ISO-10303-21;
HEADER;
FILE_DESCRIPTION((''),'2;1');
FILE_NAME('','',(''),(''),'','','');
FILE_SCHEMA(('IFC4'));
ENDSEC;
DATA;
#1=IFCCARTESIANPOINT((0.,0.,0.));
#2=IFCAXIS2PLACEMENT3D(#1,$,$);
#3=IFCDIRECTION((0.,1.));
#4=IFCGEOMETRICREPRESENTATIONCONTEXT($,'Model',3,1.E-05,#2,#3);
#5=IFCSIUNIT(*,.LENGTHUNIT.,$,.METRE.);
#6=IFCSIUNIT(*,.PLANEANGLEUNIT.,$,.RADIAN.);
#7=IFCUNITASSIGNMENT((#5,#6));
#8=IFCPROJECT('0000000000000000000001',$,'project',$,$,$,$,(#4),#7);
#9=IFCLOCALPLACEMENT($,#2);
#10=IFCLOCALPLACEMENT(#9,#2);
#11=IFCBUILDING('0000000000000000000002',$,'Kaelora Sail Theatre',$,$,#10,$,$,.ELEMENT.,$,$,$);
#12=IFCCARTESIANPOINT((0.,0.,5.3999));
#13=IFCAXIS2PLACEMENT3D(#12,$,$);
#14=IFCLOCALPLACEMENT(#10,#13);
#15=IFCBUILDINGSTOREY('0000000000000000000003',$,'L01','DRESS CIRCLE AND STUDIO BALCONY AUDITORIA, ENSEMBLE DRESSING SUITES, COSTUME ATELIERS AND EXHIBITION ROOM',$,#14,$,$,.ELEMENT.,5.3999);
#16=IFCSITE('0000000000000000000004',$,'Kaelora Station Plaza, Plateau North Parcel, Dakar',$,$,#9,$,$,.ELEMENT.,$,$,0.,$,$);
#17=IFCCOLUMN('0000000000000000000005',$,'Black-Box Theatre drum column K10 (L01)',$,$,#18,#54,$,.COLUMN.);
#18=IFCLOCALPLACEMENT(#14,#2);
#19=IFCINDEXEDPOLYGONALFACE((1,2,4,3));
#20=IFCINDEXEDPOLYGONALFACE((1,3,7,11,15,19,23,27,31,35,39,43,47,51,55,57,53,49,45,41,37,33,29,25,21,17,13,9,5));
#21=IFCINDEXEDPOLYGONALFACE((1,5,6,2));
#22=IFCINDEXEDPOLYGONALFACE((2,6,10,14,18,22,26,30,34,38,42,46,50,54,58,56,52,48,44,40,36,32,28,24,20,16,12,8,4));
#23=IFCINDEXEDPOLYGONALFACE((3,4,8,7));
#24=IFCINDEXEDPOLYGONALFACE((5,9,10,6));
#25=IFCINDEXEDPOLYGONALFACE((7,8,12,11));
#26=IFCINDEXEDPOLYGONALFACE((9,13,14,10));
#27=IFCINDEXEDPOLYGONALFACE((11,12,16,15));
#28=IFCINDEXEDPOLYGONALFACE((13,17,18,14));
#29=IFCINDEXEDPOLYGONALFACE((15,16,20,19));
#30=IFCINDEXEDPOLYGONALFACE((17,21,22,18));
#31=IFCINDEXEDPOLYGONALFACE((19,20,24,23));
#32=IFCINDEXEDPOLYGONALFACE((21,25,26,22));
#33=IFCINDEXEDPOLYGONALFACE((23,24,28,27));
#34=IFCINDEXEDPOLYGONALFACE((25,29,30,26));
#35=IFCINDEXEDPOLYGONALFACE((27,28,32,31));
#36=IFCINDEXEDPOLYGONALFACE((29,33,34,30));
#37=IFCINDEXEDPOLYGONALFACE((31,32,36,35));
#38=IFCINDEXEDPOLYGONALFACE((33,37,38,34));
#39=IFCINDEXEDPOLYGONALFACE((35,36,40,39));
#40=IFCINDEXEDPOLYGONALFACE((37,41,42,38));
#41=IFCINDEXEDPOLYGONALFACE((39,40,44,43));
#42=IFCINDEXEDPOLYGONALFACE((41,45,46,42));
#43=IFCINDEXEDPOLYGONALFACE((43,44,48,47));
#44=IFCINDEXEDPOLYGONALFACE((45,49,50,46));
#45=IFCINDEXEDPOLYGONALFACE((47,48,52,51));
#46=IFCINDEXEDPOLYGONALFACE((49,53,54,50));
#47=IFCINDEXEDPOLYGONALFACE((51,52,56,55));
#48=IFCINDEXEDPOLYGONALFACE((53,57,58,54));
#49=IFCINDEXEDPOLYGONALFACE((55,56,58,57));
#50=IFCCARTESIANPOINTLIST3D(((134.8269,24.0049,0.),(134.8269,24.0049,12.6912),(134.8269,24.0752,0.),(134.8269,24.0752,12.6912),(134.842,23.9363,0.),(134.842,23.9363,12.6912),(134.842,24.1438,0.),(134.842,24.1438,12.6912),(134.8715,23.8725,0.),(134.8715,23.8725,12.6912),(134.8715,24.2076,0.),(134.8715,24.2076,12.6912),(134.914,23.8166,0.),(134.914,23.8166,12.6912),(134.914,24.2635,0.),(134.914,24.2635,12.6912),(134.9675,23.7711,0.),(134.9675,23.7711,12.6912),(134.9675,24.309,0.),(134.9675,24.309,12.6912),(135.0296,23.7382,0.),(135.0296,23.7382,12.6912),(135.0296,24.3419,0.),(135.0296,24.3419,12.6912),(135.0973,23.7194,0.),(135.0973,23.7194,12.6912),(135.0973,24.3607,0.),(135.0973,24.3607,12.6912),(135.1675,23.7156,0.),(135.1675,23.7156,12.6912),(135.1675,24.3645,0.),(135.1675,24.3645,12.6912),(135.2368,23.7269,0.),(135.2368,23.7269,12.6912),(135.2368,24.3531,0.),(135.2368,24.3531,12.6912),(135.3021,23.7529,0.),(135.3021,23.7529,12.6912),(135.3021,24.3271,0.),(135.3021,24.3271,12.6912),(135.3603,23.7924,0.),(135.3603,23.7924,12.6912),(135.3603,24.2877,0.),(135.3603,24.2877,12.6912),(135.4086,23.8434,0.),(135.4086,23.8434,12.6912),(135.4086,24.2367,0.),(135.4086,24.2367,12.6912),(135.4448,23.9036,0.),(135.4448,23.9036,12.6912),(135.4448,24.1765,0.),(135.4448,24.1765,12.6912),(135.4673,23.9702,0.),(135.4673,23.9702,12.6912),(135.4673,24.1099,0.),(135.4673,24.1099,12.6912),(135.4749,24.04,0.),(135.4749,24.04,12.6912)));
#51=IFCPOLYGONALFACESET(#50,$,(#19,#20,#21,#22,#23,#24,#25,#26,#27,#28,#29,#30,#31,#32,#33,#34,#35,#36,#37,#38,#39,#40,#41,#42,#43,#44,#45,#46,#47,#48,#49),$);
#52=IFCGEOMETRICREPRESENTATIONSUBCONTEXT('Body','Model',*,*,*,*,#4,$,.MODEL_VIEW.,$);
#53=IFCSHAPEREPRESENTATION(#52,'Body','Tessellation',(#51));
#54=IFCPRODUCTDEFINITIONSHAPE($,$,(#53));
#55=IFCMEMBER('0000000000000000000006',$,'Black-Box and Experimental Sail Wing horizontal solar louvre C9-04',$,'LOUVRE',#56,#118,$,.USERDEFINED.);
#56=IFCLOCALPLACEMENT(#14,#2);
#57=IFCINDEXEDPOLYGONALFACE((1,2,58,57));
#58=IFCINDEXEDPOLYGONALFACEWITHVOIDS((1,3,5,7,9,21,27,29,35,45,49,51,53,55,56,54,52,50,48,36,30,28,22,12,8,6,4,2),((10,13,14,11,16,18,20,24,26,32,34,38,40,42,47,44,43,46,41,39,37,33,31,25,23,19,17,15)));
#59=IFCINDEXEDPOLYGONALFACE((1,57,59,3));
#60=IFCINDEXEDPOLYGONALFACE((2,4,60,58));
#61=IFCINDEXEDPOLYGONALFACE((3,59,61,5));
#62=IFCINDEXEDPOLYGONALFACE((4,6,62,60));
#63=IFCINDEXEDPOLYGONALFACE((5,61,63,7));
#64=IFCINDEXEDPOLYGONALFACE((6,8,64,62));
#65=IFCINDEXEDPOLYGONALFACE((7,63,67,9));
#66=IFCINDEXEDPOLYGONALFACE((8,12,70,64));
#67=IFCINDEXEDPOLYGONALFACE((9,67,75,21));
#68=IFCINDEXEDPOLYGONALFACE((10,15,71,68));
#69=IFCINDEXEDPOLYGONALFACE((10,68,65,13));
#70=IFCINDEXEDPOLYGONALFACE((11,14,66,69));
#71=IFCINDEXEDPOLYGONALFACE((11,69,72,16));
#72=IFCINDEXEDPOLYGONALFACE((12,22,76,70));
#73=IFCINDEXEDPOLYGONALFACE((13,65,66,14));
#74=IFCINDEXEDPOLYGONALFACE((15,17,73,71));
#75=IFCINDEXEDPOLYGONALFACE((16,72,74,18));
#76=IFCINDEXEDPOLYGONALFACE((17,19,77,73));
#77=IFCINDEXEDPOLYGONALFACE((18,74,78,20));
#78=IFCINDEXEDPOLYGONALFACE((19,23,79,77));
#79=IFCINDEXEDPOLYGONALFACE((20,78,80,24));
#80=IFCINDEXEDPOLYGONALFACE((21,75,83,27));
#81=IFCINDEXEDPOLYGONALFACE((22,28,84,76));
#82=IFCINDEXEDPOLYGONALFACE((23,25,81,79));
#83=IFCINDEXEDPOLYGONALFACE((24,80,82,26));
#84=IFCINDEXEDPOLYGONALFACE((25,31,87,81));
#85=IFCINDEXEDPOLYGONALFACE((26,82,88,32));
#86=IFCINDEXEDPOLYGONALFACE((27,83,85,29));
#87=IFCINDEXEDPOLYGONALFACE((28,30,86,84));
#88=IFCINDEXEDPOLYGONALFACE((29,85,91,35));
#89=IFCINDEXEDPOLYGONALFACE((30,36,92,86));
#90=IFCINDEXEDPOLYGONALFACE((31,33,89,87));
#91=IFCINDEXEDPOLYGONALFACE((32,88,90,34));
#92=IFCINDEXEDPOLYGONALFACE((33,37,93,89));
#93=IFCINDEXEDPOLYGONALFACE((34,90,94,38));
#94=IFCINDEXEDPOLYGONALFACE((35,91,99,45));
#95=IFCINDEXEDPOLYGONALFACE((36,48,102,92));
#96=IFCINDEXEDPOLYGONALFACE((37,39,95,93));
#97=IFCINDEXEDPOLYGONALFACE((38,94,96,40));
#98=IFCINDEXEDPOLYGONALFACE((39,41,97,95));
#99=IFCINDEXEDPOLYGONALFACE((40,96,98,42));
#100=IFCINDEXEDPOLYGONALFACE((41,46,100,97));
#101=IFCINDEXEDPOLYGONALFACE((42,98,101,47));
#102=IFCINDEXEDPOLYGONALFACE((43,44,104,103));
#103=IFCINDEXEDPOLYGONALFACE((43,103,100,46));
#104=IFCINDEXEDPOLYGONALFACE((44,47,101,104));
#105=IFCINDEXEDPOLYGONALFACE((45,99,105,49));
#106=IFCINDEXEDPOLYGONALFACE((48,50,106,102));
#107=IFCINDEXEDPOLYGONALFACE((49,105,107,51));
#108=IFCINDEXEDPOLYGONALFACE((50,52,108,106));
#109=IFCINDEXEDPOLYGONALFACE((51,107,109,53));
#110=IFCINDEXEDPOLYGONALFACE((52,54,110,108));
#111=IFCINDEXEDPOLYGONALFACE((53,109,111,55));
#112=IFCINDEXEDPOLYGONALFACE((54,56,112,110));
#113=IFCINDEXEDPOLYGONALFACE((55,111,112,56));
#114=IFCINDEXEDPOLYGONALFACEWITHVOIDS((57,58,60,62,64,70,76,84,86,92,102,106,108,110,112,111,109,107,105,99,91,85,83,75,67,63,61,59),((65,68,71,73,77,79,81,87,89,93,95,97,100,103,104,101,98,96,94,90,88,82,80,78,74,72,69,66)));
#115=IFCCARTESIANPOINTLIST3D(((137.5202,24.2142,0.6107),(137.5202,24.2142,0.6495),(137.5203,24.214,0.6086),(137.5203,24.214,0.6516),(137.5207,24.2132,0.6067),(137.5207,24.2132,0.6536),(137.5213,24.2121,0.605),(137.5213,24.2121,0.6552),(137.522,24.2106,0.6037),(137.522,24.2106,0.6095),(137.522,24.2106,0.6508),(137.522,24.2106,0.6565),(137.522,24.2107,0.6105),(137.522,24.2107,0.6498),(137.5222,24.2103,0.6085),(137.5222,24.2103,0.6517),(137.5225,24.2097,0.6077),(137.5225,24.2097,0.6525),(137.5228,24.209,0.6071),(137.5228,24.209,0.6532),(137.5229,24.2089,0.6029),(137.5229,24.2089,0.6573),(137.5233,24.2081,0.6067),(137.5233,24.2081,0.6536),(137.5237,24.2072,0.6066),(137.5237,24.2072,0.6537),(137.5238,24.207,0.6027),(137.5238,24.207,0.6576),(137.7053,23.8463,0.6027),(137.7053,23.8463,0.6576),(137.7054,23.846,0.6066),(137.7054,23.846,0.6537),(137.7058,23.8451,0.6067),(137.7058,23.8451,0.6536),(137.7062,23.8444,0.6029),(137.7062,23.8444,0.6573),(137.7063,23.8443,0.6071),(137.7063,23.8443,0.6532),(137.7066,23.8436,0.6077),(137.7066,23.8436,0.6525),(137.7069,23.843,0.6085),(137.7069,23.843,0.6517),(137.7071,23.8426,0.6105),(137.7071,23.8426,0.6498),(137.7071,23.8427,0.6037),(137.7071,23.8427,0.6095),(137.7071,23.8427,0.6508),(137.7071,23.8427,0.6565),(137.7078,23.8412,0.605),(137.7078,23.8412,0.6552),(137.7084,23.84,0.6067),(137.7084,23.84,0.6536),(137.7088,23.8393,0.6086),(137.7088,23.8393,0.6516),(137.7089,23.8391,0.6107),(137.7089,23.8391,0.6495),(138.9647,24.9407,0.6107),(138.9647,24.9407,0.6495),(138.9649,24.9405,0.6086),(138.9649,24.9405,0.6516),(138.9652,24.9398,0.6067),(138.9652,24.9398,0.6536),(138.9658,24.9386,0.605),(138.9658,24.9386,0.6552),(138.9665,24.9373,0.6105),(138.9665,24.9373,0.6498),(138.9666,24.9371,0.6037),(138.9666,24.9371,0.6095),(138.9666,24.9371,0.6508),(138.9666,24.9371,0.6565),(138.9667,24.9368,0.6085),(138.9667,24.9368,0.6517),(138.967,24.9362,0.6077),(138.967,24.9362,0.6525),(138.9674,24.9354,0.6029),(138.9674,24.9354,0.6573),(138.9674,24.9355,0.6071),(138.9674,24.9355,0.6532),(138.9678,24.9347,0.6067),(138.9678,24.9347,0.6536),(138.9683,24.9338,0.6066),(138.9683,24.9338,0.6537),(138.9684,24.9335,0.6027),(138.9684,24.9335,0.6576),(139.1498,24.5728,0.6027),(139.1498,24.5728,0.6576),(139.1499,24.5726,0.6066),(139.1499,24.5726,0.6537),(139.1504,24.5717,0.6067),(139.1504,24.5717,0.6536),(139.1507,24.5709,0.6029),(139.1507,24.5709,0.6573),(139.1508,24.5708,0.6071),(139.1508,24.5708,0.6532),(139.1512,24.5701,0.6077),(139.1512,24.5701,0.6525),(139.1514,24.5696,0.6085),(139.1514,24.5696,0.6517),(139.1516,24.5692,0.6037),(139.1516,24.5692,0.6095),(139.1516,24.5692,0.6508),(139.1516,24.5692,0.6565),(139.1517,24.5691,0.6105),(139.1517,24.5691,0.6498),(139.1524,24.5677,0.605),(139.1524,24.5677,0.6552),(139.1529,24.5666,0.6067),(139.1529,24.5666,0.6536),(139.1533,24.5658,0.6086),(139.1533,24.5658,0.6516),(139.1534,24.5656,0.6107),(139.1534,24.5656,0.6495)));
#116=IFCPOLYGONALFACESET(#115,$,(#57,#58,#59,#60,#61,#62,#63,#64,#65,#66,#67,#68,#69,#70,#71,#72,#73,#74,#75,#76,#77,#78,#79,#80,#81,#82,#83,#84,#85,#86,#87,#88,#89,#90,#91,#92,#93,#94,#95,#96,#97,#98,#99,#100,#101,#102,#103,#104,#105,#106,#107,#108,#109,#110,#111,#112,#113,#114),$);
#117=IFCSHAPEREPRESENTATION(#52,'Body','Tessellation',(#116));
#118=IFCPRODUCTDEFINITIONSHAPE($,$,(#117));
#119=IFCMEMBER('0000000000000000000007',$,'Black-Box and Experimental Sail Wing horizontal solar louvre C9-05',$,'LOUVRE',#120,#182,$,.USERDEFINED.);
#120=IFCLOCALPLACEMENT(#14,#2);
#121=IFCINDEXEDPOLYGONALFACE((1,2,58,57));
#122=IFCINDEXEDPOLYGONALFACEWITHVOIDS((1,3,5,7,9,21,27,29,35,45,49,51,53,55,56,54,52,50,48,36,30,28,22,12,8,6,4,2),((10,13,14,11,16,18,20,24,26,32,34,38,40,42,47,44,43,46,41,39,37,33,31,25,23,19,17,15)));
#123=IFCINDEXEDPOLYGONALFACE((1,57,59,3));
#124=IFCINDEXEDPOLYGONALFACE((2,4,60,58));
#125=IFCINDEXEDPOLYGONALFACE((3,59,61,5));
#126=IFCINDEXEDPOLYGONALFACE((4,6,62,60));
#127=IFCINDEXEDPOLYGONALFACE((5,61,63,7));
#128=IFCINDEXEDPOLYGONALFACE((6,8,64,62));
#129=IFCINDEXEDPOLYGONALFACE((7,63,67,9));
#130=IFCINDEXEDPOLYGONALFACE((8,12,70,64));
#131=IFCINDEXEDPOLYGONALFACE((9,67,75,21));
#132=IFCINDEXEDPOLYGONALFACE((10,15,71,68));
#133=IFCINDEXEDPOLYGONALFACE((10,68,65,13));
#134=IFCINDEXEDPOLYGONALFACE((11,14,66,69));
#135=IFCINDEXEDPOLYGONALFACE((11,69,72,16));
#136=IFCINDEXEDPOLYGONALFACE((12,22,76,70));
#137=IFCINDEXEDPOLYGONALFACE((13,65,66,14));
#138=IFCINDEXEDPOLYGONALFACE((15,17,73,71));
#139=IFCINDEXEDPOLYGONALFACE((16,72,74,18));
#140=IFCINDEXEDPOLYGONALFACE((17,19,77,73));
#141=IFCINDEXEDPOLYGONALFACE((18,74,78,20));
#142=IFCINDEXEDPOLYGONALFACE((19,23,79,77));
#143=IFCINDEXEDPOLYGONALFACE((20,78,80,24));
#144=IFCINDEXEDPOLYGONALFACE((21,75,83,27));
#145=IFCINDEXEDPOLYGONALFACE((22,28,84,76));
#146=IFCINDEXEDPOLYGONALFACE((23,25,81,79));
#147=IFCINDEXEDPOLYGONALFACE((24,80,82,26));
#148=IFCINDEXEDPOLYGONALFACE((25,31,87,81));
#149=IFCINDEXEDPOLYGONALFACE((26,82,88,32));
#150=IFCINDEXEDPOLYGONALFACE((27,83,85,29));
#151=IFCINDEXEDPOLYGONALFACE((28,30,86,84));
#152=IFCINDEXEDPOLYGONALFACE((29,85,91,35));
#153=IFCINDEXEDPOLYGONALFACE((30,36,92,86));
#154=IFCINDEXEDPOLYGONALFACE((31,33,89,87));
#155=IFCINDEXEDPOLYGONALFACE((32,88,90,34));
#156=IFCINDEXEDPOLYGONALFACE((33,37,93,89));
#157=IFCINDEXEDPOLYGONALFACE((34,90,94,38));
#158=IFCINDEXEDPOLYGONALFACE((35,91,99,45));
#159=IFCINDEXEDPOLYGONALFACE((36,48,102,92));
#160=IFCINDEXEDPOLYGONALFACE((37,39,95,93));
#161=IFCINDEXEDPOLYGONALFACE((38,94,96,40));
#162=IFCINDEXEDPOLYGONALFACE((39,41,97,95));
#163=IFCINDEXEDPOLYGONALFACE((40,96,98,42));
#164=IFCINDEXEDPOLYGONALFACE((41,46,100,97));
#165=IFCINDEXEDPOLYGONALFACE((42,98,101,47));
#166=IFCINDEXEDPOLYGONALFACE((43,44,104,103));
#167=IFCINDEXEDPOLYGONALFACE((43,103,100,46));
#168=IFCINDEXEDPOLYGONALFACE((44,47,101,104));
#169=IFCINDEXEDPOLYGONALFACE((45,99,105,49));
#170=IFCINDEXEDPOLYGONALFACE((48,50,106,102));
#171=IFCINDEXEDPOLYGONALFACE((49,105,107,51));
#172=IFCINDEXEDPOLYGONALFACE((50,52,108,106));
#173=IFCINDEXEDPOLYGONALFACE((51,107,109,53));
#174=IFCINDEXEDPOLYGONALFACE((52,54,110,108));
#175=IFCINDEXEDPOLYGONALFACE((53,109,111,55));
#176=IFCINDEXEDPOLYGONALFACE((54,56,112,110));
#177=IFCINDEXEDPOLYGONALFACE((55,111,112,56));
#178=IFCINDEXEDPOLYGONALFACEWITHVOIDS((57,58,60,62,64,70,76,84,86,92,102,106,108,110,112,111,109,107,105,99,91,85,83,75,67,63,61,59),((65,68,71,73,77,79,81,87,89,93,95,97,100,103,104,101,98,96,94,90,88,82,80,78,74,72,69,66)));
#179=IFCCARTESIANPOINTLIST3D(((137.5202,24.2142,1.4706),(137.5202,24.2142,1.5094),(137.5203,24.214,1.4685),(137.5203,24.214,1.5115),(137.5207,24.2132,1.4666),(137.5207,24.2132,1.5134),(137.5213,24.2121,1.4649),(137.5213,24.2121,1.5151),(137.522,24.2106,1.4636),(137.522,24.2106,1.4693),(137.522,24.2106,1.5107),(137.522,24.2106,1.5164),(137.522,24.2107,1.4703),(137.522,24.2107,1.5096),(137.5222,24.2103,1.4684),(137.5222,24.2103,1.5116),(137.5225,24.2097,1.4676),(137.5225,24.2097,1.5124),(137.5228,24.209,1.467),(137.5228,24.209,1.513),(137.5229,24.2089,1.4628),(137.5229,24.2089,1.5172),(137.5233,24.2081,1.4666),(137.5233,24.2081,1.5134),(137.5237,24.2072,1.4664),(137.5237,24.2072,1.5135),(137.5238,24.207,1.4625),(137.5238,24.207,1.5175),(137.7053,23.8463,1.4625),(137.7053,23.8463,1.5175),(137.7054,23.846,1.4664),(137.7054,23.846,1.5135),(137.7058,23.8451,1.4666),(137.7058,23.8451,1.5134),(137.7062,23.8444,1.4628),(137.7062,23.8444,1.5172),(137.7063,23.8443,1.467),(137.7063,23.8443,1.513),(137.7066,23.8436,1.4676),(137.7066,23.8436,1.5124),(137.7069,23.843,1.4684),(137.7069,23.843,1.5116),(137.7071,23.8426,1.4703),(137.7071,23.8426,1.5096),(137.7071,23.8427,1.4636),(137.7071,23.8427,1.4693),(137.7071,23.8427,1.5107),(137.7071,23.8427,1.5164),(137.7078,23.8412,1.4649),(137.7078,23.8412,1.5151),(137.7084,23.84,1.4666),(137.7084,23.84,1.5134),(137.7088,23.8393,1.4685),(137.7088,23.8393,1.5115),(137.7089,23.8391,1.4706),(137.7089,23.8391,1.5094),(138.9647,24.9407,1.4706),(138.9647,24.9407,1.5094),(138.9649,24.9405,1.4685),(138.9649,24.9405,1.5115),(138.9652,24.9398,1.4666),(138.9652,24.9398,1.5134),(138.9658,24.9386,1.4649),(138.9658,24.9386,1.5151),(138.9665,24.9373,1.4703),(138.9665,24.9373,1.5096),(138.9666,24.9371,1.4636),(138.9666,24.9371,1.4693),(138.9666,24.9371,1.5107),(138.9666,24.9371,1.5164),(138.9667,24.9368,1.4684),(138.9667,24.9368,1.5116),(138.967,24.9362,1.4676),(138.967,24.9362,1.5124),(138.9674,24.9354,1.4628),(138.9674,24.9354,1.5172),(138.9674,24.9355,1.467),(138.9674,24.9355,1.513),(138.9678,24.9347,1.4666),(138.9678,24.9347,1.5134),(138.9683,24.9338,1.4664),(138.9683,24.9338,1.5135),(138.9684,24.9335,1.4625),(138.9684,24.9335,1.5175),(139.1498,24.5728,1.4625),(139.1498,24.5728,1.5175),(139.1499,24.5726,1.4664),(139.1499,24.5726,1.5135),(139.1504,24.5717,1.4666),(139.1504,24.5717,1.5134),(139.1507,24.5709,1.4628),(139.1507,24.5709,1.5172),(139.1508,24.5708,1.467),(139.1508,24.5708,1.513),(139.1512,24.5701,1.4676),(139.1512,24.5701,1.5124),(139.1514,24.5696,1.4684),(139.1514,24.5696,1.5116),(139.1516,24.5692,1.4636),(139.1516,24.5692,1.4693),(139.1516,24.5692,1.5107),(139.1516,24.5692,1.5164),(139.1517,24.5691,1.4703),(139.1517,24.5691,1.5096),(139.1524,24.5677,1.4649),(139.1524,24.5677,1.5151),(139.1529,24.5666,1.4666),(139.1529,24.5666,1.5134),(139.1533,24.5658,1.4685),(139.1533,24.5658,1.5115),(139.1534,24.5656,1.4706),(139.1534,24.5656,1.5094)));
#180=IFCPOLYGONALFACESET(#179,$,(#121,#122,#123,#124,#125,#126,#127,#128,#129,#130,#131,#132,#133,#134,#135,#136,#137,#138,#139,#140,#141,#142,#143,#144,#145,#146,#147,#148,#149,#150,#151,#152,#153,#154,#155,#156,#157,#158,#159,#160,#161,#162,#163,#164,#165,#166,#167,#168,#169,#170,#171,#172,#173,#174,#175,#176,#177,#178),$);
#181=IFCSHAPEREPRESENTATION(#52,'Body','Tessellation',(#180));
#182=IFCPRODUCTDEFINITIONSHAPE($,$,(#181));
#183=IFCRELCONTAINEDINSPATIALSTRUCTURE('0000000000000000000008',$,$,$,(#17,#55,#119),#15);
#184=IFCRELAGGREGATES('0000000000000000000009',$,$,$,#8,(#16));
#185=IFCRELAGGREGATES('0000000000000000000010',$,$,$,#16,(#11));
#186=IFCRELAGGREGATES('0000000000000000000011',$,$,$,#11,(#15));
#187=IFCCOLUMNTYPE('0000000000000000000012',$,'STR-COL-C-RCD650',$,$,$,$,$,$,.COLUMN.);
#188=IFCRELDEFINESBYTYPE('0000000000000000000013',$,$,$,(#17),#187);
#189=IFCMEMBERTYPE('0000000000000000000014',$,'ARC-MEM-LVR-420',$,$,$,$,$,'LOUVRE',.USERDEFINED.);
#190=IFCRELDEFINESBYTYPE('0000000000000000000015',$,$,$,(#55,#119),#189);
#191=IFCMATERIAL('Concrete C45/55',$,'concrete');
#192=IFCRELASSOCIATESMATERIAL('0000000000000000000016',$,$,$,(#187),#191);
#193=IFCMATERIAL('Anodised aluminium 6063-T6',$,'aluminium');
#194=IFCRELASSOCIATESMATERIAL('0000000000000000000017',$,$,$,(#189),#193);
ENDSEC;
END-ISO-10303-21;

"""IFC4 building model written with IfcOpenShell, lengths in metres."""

from ifc_helpers import new_model, si_unit, direction, frame, origin, origin_2d, place, context, subcontext, project, spatial, hollow_rectangle, circle, extrude, material, material_profile, profile_set, type_object, element, save


model = new_model("IFC4")

# Units and contexts
model_context = context("Model", 3, precision=1e-05, world=origin(), true_north=direction((0.0, 1.0)))
body_context = subcontext(model_context, "Body", "Model", "MODEL_VIEW")
ifc_project = project(units=[si_unit("LENGTHUNIT", "METRE"), si_unit("PLANEANGLEUNIT", "RADIAN")], contexts=[model_context])

# Site, building, storey
site_placement = place(None, origin())
site = spatial("IfcSite", under=ifc_project, at=site_placement, Name="Kaelora Station Plaza, Plateau North Parcel, Dakar", CompositionType="ELEMENT", RefElevation=0.0)
building_placement = place(site_placement, origin())
building = spatial("IfcBuilding", under=site, at=building_placement, Name="Kaelora Sail Theatre", CompositionType="ELEMENT")
storey_placement = place(building_placement, frame((0.0, 0.0, 5.3999)))
storey = spatial("IfcBuildingStorey", under=building, at=storey_placement, Name="L01", Description="DRESS CIRCLE AND STUDIO BALCONY AUDITORIA, ENSEMBLE DRESSING SUITES, COSTUME ATELIERS AND EXHIBITION ROOM", CompositionType="ELEMENT", Elevation=5.3999)

# Column
ifc_material_1 = material(Name="Concrete C45/55", Category="concrete")
ifc_material_profile_1 = material_profile(ifc_material_1, circle(Radius=0.325, at=origin_2d()), Name="RC-CCOL D650")
ifc_profile_set_1 = profile_set([ifc_material_profile_1], Name="Concrete C45/55")
column_type = type_object("IfcColumnType", Name="STR-COL-C-RCD650", PredefinedType="COLUMN", material=ifc_profile_set_1)
column_placement = place(storey_placement, frame((135.1499, 24.04, 0.0), z_axis=(0.0, 0.0, 1.0), x_axis=(1.0, 0.0, 0.0)))
element("IfcColumn", 1, at=column_placement, inside=storey, type_object=column_type, Name="Black-Box Theatre drum column K10 (L01)", PredefinedType="COLUMN", context=body_context, shape_type="SweptSolid", body=[
    extrude(circle(Radius=0.325, at=origin_2d()), origin(), (0.0, 0.0, 1.0), 12.6912),
])

# Members
ifc_material_2 = material(Name="Anodised aluminium 6063-T6", Category="aluminium")
ifc_material_profile_2 = material_profile(ifc_material_2, hollow_rectangle(XDim=0.4199, YDim=0.0549, WallThickness=0.0039, InnerFilletRadius=0.0039, OuterFilletRadius=0.0081, at=origin_2d()), Name="LOUVRE 420x55x4")
ifc_profile_set_2 = profile_set([ifc_material_profile_2], Name="Anodised aluminium 6063-T6")
member_type = type_object("IfcMemberType", Name="ARC-MEM-LVR-420", ElementType="LOUVRE", PredefinedType="USERDEFINED", material=ifc_profile_set_2)
for number, where, z_axis, x_axis, name in (
    (2, (139.0591, 24.7532, 0.6301), (-0.893368, -0.449326, 0.0), (0.449326, -0.893368, 0.0), "Black-Box and Experimental Sail Wing horizontal solar louvre C9-04"),
    (3, (139.0591, 24.7532, 1.49), (-0.893368, -0.449326, 0.0), (0.449326, -0.893368, 0.0), "Black-Box and Experimental Sail Wing horizontal solar louvre C9-05"),
):
    element("IfcMember", number, at=place(storey_placement, frame(where, z_axis=z_axis, x_axis=x_axis)), inside=storey, type_object=member_type, Name=name, ObjectType="LOUVRE", PredefinedType="USERDEFINED", context=body_context, shape_type="SweptSolid", body=[
        extrude(hollow_rectangle(XDim=0.4199, YDim=0.0549, WallThickness=0.0039, InnerFilletRadius=0.0039, OuterFilletRadius=0.0081, at=origin_2d()), origin(), (0.0, 0.0, 1.0), 1.6169),
    ])

save(model, "model.ifc")
